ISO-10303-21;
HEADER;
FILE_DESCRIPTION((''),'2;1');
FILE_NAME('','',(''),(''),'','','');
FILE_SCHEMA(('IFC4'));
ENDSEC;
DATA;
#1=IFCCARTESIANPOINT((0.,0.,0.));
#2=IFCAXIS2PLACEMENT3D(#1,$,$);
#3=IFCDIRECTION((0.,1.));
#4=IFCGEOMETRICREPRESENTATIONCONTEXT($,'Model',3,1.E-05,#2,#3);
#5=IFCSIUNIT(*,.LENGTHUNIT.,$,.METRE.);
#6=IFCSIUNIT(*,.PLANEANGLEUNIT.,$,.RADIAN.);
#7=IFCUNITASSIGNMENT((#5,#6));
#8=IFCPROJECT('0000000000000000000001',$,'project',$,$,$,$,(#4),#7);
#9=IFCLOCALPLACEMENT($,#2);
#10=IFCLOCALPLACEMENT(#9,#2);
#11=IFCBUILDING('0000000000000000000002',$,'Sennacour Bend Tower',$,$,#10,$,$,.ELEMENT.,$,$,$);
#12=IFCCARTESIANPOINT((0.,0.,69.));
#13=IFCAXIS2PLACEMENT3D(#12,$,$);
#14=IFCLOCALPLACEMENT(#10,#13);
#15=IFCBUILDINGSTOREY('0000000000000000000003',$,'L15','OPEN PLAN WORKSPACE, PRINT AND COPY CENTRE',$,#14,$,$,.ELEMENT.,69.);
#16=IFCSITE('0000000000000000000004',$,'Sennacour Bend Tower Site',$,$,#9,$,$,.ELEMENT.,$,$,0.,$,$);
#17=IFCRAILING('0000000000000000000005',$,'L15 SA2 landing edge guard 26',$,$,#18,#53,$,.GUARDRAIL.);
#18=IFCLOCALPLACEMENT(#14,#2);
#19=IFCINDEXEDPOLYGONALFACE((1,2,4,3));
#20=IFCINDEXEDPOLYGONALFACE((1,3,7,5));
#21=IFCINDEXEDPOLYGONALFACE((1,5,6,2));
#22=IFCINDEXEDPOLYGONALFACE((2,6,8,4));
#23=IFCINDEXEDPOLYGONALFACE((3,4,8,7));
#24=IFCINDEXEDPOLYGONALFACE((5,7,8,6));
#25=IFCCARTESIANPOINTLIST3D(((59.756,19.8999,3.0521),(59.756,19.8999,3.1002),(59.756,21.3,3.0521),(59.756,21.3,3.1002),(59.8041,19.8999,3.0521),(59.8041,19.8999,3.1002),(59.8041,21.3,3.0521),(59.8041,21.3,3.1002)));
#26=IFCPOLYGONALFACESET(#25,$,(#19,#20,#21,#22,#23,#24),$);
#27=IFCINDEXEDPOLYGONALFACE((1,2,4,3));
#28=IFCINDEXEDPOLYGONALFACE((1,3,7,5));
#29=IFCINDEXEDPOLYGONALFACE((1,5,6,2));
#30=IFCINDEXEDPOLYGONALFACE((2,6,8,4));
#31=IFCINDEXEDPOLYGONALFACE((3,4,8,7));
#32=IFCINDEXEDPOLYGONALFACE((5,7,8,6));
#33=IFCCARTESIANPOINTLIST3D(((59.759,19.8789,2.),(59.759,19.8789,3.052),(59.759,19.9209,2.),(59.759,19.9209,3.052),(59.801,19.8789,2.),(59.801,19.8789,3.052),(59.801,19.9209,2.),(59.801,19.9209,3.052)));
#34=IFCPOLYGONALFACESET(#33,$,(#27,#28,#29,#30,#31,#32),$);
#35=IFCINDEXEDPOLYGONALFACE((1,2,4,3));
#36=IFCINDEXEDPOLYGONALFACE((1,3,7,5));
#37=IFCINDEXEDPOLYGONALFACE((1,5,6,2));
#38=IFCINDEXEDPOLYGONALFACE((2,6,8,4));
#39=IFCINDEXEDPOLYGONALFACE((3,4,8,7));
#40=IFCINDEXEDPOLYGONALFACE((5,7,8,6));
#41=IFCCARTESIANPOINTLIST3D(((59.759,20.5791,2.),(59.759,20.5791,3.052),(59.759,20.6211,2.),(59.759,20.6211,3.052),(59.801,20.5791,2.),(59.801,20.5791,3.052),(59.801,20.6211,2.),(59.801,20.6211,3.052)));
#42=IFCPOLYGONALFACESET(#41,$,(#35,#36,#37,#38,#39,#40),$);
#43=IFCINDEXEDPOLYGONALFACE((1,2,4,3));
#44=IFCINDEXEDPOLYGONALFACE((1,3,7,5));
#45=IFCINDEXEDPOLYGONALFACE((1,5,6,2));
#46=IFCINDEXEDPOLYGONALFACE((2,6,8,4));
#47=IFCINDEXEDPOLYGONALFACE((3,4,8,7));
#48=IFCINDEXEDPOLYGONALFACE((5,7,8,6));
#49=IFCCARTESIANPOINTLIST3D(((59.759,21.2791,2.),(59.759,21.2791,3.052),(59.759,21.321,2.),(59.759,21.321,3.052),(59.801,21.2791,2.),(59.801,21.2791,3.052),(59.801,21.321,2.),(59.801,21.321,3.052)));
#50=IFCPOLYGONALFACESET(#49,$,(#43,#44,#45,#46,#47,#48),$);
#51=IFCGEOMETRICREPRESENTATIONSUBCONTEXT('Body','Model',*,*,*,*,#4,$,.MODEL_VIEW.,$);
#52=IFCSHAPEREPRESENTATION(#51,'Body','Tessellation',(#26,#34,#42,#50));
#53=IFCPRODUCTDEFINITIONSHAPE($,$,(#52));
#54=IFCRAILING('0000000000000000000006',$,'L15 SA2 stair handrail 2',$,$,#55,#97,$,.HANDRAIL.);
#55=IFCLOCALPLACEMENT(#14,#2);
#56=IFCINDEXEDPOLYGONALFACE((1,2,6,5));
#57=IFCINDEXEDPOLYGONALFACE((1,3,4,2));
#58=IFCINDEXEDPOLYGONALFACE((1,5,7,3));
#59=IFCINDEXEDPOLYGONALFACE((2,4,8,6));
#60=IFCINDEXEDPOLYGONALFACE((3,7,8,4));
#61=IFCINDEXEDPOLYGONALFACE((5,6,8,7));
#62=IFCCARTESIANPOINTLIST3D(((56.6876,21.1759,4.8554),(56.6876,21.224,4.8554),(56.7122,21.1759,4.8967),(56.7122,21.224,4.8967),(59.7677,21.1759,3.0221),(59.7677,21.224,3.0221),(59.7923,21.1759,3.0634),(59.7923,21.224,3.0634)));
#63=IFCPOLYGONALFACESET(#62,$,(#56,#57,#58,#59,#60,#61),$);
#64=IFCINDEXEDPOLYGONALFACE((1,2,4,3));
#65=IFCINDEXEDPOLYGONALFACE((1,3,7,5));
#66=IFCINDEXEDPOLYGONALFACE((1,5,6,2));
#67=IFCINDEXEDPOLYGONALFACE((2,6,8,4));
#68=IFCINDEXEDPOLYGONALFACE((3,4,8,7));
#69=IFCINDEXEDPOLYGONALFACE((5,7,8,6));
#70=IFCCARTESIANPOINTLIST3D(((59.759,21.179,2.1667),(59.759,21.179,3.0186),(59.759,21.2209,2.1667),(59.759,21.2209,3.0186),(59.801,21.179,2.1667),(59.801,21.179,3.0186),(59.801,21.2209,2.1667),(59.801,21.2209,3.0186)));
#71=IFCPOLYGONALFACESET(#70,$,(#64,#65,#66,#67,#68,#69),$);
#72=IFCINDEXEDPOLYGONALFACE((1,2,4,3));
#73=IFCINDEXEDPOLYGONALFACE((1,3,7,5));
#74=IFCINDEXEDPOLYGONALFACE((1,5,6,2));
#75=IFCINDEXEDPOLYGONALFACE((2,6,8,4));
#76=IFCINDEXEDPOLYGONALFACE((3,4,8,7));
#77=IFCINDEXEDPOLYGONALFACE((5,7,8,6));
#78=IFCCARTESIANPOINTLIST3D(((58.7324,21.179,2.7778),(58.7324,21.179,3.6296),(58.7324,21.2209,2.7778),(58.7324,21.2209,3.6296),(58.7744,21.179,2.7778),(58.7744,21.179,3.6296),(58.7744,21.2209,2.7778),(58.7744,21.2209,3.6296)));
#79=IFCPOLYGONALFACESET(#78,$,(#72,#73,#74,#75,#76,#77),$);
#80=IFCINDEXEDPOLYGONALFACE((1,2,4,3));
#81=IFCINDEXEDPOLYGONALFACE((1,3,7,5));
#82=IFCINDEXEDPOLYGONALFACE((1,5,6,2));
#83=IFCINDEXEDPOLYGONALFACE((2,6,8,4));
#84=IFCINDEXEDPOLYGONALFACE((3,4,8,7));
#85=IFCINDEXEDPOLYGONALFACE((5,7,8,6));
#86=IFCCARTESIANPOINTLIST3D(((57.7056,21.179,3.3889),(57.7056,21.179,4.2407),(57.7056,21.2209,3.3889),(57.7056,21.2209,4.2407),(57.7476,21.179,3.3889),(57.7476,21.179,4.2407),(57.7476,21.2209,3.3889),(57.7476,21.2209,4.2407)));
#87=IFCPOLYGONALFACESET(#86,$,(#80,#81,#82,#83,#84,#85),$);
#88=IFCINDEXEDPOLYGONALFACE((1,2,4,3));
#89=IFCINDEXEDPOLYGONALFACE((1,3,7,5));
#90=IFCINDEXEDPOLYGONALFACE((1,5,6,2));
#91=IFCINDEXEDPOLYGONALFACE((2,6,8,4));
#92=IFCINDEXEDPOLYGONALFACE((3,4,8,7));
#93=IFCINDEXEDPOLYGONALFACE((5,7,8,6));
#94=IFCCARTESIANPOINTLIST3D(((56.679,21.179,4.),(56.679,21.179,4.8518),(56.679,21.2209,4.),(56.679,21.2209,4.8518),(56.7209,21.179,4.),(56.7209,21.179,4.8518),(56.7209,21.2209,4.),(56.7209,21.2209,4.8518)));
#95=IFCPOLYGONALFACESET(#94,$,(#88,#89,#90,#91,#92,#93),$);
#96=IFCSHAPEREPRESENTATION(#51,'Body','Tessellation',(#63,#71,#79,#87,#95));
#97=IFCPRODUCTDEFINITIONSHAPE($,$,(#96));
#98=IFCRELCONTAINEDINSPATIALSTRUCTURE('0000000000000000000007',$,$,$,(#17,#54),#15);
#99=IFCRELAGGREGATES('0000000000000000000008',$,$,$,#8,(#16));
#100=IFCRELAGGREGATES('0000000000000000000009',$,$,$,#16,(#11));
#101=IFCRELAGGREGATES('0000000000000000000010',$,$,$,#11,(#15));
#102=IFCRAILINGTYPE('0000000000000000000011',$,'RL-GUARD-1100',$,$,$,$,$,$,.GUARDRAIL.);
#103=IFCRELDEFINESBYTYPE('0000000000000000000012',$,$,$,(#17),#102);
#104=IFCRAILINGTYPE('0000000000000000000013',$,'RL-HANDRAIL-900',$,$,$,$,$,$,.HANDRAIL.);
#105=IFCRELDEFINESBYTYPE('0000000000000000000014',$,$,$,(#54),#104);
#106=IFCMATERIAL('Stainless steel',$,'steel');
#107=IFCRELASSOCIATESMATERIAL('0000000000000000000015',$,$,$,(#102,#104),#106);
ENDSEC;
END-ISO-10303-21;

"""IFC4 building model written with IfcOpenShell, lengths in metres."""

from ifc_helpers import new_model, si_unit, direction, frame, origin, origin_2d, place, context, subcontext, project, spatial, rectangle, extrude, material, type_object, element, save


model = new_model("IFC4")

# Units and contexts
model_context = context("Model", 3, precision=1e-05, world=origin(), true_north=direction((0.0, 1.0)))
body_context = subcontext(model_context, "Body", "Model", "MODEL_VIEW")
ifc_project = project(units=[si_unit("LENGTHUNIT", "METRE"), si_unit("PLANEANGLEUNIT", "RADIAN")], contexts=[model_context])

# Site, building, storey
site_placement = place(None, origin())
site = spatial("IfcSite", under=ifc_project, at=site_placement, Name="Sennacour Bend Tower Site", CompositionType="ELEMENT", RefElevation=0.0)
building_placement = place(site_placement, origin())
building = spatial("IfcBuilding", under=site, at=building_placement, Name="Sennacour Bend Tower", CompositionType="ELEMENT")
storey_placement = place(building_placement, frame((0.0, 0.0, 69.0)))
storey = spatial("IfcBuildingStorey", under=building, at=storey_placement, Name="L15", Description="OPEN PLAN WORKSPACE, PRINT AND COPY CENTRE", CompositionType="ELEMENT", Elevation=69.0)

# Shared definitions
ifc_material_1 = material(Name="Stainless steel", Category="steel")

# Railings
railing_type_1 = type_object("IfcRailingType", Name="RL-GUARD-1100", PredefinedType="GUARDRAIL", material=ifc_material_1)
railing_1_placement = place(storey_placement, frame((59.78, 19.8999, 2.0)))
element("IfcRailing", 1, at=railing_1_placement, inside=storey, type_object=railing_type_1, Name="L15 SA2 landing edge guard 26", PredefinedType="GUARDRAIL", context=body_context, shape_type="SweptSolid", body=[
    extrude(rectangle(XDim=0.0481, YDim=0.0481, at=origin_2d()), frame((0.0, 0.0, 1.0762), z_axis=(0.0, 1.0, 0.0), x_axis=(-1.0, 0.0, 0.0)), (0.0, 0.0, 1.0), 1.4001),
    extrude(rectangle(XDim=0.042, YDim=0.042, at=origin_2d()), origin(), (0.0, 0.0, 1.0), 1.052),
    extrude(rectangle(XDim=0.042, YDim=0.042, at=origin_2d()), frame((0.0, 0.7002, 0.0)), (0.0, 0.0, 1.0), 1.052),
    extrude(rectangle(XDim=0.042, YDim=0.042, at=origin_2d()), frame((0.0, 1.4001, 0.0)), (0.0, 0.0, 1.0), 1.052),
])
railing_type_2 = type_object("IfcRailingType", Name="RL-HANDRAIL-900", PredefinedType="HANDRAIL", material=ifc_material_1)
railing_2_placement = place(storey_placement, frame((59.78, 21.2, 2.1667)))
element("IfcRailing", 2, at=railing_2_placement, inside=storey, type_object=railing_type_2, Name="L15 SA2 stair handrail 2", PredefinedType="HANDRAIL", context=body_context, shape_type="SweptSolid", body=[
    extrude(rectangle(XDim=0.0481, YDim=0.0481, at=origin_2d()), frame((0.0, 0.0, 0.876), z_axis=(-0.859309, 0.0, 0.511458), x_axis=(0.0, -1.0, 0.0)), (0.0, 0.0, 1.0), 3.5845),
    extrude(rectangle(XDim=0.042, YDim=0.042, at=origin_2d()), origin(), (0.0, 0.0, 1.0), 0.8518),
    extrude(rectangle(XDim=0.042, YDim=0.042, at=origin_2d()), frame((-1.0266, 0.0, 0.6111)), (0.0, 0.0, 1.0), 0.8518),
    extrude(rectangle(XDim=0.042, YDim=0.042, at=origin_2d()), frame((-2.0535, 0.0, 1.2222)), (0.0, 0.0, 1.0), 0.8518),
    extrude(rectangle(XDim=0.042, YDim=0.042, at=origin_2d()), frame((-3.0801, 0.0, 1.8333)), (0.0, 0.0, 1.0), 0.8518),
])

save(model, "model.ifc")
